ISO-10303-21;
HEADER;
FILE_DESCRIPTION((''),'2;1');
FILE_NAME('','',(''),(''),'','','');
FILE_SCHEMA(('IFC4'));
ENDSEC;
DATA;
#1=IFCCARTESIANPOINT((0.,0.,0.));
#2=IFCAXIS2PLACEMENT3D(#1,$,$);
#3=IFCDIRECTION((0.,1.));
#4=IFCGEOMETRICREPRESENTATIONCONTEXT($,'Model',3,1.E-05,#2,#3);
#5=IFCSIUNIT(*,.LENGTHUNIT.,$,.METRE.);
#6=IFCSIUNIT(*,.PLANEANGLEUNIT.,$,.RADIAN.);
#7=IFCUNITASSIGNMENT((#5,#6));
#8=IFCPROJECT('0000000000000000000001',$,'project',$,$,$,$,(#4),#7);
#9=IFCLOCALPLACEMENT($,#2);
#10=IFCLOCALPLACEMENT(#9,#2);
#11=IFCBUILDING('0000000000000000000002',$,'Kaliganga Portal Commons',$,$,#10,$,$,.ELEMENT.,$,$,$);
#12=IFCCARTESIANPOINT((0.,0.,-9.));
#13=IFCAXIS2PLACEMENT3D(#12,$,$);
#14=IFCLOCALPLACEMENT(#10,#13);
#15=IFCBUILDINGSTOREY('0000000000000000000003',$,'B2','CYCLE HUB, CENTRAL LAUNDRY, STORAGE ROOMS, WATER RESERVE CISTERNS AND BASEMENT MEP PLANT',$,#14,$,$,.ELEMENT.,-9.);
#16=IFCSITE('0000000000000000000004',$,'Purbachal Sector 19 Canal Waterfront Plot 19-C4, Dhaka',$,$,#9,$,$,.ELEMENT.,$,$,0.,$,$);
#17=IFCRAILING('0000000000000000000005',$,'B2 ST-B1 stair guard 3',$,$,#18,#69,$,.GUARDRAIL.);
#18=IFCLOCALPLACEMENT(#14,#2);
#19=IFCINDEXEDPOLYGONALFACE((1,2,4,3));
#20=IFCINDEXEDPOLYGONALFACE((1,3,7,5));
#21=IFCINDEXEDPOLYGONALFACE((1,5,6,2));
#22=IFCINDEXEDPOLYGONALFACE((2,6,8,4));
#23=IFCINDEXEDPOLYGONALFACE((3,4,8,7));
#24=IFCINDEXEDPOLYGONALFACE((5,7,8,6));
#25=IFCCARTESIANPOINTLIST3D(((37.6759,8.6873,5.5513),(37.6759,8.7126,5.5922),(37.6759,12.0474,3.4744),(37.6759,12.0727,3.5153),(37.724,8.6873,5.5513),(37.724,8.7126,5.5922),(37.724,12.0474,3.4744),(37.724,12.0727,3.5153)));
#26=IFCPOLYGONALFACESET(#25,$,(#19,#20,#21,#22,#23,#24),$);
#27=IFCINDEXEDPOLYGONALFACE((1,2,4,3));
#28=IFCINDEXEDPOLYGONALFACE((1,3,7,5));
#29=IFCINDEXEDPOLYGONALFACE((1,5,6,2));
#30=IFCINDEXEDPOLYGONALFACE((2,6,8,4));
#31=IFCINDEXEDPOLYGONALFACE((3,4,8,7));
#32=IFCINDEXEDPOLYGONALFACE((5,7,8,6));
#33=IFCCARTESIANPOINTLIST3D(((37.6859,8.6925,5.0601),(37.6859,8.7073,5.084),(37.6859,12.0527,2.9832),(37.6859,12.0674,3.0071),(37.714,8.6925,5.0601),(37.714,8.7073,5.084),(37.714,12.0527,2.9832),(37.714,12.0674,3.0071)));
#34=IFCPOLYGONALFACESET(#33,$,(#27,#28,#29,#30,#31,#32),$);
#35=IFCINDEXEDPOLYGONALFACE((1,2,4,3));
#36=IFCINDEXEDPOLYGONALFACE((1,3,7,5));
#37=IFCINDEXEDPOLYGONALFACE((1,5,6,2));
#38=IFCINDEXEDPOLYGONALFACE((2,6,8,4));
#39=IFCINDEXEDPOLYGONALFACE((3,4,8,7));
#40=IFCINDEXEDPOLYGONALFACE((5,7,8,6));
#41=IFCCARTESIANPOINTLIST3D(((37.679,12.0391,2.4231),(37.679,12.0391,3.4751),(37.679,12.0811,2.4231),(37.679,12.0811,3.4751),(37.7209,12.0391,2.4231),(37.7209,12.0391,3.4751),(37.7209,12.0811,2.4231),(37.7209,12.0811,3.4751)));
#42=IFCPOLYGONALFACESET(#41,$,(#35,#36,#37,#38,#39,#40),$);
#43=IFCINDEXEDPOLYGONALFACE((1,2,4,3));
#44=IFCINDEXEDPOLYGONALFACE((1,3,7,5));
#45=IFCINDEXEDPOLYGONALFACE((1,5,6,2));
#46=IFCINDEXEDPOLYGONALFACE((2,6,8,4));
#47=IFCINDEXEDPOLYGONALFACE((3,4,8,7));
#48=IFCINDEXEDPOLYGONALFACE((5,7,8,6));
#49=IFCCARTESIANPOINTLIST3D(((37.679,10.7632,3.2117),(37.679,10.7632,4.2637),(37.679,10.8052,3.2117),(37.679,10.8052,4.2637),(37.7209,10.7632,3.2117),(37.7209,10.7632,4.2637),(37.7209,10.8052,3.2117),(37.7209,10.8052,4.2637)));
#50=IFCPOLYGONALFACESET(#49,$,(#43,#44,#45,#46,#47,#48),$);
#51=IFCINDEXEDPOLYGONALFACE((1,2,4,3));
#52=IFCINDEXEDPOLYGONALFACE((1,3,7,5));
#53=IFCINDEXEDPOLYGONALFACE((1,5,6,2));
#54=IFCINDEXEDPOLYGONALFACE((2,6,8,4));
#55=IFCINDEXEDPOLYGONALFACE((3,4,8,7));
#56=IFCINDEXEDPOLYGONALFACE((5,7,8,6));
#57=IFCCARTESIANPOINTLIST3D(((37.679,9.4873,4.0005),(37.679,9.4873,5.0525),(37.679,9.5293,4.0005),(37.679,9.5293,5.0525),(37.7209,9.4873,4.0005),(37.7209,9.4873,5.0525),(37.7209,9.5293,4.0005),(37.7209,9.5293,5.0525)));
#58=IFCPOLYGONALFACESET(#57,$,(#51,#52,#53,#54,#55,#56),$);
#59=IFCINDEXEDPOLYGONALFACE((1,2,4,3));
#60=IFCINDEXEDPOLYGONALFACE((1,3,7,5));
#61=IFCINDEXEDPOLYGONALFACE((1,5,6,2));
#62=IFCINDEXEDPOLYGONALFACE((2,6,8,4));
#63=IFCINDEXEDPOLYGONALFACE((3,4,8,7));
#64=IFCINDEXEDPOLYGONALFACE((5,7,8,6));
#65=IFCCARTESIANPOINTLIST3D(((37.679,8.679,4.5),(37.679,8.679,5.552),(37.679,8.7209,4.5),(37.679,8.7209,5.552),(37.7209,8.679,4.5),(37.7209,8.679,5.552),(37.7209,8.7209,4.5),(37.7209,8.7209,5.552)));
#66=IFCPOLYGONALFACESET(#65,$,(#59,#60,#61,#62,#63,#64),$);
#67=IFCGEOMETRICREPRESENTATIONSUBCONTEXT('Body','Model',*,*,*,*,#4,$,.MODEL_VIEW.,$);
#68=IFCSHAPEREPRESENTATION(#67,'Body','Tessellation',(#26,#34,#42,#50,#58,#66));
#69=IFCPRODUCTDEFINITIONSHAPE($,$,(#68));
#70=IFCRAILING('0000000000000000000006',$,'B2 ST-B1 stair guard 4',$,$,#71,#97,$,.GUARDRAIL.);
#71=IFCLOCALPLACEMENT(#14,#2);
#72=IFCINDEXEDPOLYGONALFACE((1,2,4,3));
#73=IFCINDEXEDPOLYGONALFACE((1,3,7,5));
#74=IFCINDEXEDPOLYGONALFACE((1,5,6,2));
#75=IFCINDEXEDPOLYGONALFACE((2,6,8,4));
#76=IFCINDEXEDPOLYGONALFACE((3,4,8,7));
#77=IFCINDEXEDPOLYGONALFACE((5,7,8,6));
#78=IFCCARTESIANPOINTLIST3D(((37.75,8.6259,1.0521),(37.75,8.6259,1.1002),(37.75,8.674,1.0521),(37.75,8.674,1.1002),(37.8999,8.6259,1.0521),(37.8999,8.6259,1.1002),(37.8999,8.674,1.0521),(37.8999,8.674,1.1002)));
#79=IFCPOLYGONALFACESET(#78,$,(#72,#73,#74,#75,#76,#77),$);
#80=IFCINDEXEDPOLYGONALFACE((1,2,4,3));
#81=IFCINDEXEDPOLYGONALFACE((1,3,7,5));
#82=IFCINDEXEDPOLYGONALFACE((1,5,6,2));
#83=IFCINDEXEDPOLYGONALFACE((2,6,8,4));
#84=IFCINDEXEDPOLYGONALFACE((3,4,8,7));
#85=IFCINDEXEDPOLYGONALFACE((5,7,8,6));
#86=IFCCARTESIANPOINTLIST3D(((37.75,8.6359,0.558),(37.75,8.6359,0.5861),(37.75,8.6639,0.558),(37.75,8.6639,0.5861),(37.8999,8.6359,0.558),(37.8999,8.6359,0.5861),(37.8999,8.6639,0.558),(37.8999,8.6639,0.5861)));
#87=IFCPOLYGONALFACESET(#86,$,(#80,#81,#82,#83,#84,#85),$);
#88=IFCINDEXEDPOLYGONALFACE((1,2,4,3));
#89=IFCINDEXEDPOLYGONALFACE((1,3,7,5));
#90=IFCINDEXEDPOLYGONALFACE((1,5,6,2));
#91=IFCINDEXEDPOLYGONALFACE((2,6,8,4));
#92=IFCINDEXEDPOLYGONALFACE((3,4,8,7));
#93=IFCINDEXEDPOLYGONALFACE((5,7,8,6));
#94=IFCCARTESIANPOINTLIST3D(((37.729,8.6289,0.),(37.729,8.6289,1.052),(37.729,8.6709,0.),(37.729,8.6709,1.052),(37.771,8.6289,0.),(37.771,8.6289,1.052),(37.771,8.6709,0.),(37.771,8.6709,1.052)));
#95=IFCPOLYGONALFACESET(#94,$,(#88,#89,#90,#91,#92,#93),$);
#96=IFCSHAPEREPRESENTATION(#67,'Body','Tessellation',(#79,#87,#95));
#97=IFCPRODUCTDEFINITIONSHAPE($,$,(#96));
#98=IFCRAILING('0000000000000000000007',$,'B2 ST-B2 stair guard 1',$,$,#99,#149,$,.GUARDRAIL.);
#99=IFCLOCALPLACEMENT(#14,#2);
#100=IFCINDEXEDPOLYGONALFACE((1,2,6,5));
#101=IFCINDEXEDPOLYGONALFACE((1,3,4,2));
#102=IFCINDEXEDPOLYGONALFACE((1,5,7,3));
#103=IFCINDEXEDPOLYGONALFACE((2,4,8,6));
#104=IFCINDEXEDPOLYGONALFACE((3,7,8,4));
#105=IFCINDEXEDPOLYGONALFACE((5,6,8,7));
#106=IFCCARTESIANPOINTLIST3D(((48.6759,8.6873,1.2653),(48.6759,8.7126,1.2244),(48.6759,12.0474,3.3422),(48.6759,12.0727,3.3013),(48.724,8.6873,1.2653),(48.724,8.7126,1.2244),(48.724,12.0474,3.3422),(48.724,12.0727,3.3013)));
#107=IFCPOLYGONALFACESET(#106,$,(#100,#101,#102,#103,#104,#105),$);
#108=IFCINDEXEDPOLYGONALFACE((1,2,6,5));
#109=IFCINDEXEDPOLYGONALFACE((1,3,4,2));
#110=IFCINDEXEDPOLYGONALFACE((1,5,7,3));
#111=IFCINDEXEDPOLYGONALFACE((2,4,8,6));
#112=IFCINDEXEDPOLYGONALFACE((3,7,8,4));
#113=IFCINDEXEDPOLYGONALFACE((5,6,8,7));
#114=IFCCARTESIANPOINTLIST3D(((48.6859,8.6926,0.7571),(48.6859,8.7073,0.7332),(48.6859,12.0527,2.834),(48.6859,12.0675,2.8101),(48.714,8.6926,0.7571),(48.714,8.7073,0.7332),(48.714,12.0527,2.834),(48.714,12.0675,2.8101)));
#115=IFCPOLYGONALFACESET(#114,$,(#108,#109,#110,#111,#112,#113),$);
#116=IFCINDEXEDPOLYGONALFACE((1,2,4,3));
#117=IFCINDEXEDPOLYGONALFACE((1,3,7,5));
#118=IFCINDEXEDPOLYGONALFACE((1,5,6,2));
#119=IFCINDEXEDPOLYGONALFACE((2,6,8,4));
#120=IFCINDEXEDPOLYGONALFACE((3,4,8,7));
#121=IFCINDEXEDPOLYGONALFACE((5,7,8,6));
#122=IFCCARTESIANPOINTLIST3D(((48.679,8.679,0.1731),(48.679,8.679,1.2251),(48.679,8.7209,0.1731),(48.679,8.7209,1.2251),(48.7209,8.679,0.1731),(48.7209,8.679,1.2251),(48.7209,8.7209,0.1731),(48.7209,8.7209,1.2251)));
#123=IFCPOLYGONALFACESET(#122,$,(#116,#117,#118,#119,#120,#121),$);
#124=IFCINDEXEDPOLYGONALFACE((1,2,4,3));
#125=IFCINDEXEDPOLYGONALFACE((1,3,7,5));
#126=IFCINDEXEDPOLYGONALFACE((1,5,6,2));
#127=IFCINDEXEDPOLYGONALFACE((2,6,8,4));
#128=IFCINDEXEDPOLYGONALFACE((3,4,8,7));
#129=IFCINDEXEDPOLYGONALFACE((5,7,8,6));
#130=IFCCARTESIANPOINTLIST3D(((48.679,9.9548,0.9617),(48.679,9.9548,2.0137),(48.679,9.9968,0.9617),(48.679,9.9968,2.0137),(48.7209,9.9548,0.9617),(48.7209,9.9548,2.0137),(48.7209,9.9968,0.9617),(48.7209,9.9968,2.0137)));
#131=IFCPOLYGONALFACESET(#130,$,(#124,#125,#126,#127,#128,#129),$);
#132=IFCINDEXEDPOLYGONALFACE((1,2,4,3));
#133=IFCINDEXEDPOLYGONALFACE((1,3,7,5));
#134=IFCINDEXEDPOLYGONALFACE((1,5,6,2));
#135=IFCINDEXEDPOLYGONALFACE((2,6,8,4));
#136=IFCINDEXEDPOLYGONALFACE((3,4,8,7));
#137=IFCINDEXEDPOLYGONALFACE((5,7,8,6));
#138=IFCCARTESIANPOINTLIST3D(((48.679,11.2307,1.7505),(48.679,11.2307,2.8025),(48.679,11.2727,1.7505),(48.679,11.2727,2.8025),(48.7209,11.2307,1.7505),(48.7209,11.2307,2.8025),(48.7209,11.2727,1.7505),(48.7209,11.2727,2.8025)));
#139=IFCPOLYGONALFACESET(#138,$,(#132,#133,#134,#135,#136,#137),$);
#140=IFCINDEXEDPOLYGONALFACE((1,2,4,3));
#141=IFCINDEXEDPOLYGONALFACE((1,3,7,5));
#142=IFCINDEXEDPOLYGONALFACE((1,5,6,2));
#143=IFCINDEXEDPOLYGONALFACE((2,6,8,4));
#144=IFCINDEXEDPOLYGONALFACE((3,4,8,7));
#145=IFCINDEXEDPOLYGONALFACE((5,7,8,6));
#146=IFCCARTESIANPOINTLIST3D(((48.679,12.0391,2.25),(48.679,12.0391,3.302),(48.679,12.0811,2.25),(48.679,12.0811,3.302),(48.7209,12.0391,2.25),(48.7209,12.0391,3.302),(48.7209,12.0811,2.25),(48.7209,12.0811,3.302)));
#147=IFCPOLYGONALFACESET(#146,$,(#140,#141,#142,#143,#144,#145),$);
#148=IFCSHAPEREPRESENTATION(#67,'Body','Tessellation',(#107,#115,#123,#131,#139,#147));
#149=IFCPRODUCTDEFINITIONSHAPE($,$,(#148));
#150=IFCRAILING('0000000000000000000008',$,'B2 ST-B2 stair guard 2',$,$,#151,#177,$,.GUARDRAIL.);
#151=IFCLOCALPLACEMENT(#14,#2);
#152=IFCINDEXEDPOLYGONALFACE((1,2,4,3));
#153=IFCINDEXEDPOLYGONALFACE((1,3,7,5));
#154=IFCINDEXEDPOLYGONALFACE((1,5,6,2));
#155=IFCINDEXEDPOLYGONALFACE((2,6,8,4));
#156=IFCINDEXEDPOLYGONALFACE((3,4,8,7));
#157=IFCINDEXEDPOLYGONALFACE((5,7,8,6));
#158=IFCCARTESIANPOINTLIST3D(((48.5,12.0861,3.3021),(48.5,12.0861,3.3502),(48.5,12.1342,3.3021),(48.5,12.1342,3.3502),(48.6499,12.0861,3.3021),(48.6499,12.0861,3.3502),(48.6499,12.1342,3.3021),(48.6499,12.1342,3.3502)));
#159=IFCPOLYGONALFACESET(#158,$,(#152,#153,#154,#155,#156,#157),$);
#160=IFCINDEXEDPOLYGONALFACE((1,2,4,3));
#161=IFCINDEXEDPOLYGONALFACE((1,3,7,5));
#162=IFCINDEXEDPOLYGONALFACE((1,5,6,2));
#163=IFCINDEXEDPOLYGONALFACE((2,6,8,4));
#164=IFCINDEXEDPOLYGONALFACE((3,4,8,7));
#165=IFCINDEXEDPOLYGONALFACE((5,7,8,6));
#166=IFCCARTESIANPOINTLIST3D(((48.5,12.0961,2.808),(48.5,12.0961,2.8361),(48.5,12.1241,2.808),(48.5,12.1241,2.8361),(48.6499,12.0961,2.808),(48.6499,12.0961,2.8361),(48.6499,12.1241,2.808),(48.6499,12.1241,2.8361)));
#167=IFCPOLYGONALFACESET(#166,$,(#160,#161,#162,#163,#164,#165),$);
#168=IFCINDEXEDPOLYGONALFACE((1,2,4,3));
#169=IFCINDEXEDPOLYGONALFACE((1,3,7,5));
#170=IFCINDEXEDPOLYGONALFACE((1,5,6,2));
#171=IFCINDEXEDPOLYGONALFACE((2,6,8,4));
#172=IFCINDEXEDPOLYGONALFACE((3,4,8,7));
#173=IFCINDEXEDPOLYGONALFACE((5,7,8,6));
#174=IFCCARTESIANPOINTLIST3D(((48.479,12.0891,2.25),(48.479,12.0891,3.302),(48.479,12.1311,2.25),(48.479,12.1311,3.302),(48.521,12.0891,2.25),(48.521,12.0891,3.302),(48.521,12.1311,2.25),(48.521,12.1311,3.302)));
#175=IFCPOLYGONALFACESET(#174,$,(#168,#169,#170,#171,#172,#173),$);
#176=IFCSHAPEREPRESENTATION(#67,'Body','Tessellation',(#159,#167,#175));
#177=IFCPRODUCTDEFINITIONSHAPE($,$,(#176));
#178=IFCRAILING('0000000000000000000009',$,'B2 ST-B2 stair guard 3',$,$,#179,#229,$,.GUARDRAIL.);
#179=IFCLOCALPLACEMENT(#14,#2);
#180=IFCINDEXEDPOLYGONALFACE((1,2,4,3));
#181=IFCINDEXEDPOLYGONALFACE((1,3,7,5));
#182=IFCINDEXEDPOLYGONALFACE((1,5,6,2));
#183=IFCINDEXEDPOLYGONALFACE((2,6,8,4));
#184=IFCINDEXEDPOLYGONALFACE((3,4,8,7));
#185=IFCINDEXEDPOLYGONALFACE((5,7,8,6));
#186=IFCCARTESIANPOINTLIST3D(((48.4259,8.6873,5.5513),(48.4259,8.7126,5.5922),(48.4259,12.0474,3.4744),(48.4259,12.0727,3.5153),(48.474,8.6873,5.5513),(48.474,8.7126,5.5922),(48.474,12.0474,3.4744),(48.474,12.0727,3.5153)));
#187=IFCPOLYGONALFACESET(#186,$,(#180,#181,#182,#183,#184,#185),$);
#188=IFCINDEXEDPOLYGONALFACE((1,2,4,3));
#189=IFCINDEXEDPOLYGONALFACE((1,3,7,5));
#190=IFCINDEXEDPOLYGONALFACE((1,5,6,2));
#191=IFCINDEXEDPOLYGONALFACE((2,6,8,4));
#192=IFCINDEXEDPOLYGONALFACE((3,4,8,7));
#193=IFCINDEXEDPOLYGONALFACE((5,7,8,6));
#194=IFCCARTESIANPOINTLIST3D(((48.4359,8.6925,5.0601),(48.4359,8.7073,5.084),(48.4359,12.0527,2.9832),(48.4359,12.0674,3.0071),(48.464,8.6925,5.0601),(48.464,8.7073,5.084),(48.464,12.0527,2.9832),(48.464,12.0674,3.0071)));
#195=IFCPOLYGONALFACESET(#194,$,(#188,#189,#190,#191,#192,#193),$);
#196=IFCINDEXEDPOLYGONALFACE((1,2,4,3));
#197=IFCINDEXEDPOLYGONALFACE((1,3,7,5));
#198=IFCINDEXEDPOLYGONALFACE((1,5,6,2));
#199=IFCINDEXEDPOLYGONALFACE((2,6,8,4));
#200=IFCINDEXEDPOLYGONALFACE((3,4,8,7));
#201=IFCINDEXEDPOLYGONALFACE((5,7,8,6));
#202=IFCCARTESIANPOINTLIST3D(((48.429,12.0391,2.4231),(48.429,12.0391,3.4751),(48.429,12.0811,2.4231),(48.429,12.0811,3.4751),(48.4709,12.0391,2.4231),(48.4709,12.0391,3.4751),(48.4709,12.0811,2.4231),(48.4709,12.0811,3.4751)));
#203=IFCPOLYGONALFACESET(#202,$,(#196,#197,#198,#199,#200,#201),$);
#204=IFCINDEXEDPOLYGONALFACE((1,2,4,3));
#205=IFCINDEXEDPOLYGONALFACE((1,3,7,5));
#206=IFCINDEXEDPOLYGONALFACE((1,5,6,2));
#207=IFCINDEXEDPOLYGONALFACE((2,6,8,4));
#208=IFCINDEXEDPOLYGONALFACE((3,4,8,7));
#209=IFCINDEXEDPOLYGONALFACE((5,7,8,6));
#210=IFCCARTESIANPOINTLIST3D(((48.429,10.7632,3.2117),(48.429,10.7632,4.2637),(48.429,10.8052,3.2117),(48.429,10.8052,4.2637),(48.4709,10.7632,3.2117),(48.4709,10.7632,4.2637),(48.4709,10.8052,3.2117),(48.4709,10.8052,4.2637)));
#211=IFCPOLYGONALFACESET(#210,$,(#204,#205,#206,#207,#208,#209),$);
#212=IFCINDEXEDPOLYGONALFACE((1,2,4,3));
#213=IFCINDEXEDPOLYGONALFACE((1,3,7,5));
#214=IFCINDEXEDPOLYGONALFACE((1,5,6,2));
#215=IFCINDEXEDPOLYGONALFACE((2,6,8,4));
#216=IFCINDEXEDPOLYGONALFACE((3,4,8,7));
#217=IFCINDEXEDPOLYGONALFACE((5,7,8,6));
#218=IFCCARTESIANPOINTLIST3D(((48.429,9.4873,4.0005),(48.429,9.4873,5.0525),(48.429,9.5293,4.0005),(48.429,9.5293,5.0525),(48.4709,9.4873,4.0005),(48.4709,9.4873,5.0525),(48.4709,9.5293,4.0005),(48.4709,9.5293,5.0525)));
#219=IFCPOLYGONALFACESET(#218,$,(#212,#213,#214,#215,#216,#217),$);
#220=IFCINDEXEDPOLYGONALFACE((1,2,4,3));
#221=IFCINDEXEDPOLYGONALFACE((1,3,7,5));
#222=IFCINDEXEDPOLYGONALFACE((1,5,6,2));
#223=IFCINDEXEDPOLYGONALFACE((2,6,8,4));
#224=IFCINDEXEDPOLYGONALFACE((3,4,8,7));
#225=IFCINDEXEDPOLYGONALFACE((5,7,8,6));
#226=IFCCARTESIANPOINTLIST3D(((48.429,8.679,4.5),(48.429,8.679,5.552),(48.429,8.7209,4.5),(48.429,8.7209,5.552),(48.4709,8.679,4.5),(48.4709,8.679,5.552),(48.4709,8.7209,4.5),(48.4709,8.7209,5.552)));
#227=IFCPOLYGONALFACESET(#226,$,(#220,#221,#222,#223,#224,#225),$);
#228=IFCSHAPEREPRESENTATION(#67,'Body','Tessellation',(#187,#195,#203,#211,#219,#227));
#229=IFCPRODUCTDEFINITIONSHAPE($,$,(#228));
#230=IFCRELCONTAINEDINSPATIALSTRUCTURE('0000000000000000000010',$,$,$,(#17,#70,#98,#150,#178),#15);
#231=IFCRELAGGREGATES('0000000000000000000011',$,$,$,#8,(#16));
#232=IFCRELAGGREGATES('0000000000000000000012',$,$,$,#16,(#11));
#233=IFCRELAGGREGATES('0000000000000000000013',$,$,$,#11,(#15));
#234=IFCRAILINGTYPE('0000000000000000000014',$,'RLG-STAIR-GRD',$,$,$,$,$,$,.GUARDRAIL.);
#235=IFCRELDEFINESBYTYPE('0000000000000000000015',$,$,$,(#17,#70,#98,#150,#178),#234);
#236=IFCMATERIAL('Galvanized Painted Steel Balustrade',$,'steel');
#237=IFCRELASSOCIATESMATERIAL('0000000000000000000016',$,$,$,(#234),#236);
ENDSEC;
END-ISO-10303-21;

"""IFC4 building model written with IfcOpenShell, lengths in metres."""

from ifc_helpers import new_model, si_unit, direction, frame, origin, origin_2d, place, context, subcontext, project, spatial, rectangle, extrude, material, type_object, element, save


model = new_model("IFC4")

# Units and contexts
model_context = context("Model", 3, precision=1e-05, world=origin(), true_north=direction((0.0, 1.0)))
body_context = subcontext(model_context, "Body", "Model", "MODEL_VIEW")
ifc_project = project(units=[si_unit("LENGTHUNIT", "METRE"), si_unit("PLANEANGLEUNIT", "RADIAN")], contexts=[model_context])

# Site, building, storey
site_placement = place(None, origin())
site = spatial("IfcSite", under=ifc_project, at=site_placement, Name="Purbachal Sector 19 Canal Waterfront Plot 19-C4, Dhaka", CompositionType="ELEMENT", RefElevation=0.0)
building_placement = place(site_placement, origin())
building = spatial("IfcBuilding", under=site, at=building_placement, Name="Kaliganga Portal Commons", CompositionType="ELEMENT")
storey_placement = place(building_placement, frame((0.0, 0.0, -9.0)))
storey = spatial("IfcBuildingStorey", under=building, at=storey_placement, Name="B2", Description="CYCLE HUB, CENTRAL LAUNDRY, STORAGE ROOMS, WATER RESERVE CISTERNS AND BASEMENT MEP PLANT", CompositionType="ELEMENT", Elevation=-9.0)

# Railings
ifc_material_1 = material(Name="Galvanized Painted Steel Balustrade", Category="steel")
railing_type_1 = type_object("IfcRailingType", Name="RLG-STAIR-GRD", PredefinedType="GUARDRAIL", material=ifc_material_1)
railing_1_placement = place(storey_placement, frame((37.7, 12.0601, 2.4231)))
element("IfcRailing", 1, at=railing_1_placement, inside=storey, type_object=railing_type_1, Name="B2 ST-B1 stair guard 3", PredefinedType="GUARDRAIL", context=body_context, shape_type="SweptSolid", body=[
    extrude(rectangle(XDim=0.0481, YDim=0.0481, at=origin_2d()), frame((0.0, 0.0, 1.0718), z_axis=(0.0, -0.850623, 0.525776), x_axis=(1.0, 0.0, 0.0)), (0.0, 0.0, 1.0), 3.9502),
    extrude(rectangle(XDim=0.0281, YDim=0.0281, at=origin_2d()), frame((0.0, 0.0, 0.572), z_axis=(0.0, -0.850623, 0.525776), x_axis=(1.0, 0.0, 0.0)), (0.0, 0.0, 1.0), 3.9502),
    extrude(rectangle(XDim=0.042, YDim=0.042, at=origin_2d()), origin(), (0.0, 0.0, 1.0), 1.052),
    extrude(rectangle(XDim=0.042, YDim=0.042, at=origin_2d()), frame((0.0, -1.2759, 0.7886)), (0.0, 0.0, 1.0), 1.052),
    extrude(rectangle(XDim=0.042, YDim=0.042, at=origin_2d()), frame((0.0, -2.5518, 1.5774)), (0.0, 0.0, 1.0), 1.052),
    extrude(rectangle(XDim=0.042, YDim=0.042, at=origin_2d()), frame((0.0, -3.3601, 2.0769)), (0.0, 0.0, 1.0), 1.052),
])
railing_2_placement = place(storey_placement, frame((37.8999, 8.6499, 0.0)))
element("IfcRailing", 2, at=railing_2_placement, inside=storey, type_object=railing_type_1, Name="B2 ST-B1 stair guard 4", PredefinedType="GUARDRAIL", context=body_context, shape_type="SweptSolid", body=[
    extrude(rectangle(XDim=0.0481, YDim=0.0481, at=origin_2d()), frame((0.0, 0.0, 1.0762), z_axis=(-1.0, 0.0, 0.0), x_axis=(0.0, -1.0, 0.0)), (0.0, 0.0, 1.0), 0.1499),
    extrude(rectangle(XDim=0.0281, YDim=0.0281, at=origin_2d()), frame((0.0, 0.0, 0.572), z_axis=(-1.0, 0.0, 0.0), x_axis=(0.0, -1.0, 0.0)), (0.0, 0.0, 1.0), 0.1499),
    extrude(rectangle(XDim=0.042, YDim=0.042, at=origin_2d()), frame((-0.1499, 0.0, 0.0)), (0.0, 0.0, 1.0), 1.052),
])
railing_3_placement = place(storey_placement, frame((48.7, 8.7, 0.1731)))
element("IfcRailing", 3, at=railing_3_placement, inside=storey, type_object=railing_type_1, Name="B2 ST-B2 stair guard 1", PredefinedType="GUARDRAIL", context=body_context, shape_type="SweptSolid", body=[
    extrude(rectangle(XDim=0.0481, YDim=0.0481, at=origin_2d()), frame((0.0, 0.0, 1.0718), z_axis=(0.0, 0.850623, 0.525776), x_axis=(-1.0, 0.0, 0.0)), (0.0, 0.0, 1.0), 3.9502),
    extrude(rectangle(XDim=0.0281, YDim=0.0281, at=origin_2d()), frame((0.0, 0.0, 0.572), z_axis=(0.0, 0.850623, 0.525776), x_axis=(-1.0, 0.0, 0.0)), (0.0, 0.0, 1.0), 3.9502),
    extrude(rectangle(XDim=0.042, YDim=0.042, at=origin_2d()), origin(), (0.0, 0.0, 1.0), 1.052),
    extrude(rectangle(XDim=0.042, YDim=0.042, at=origin_2d()), frame((0.0, 1.2759, 0.7886)), (0.0, 0.0, 1.0), 1.052),
    extrude(rectangle(XDim=0.042, YDim=0.042, at=origin_2d()), frame((0.0, 2.5518, 1.5774)), (0.0, 0.0, 1.0), 1.052),
    extrude(rectangle(XDim=0.042, YDim=0.042, at=origin_2d()), frame((0.0, 3.3601, 2.0769)), (0.0, 0.0, 1.0), 1.052),
])
railing_4_placement = place(storey_placement, frame((48.6499, 12.1101, 2.25)))
element("IfcRailing", 4, at=railing_4_placement, inside=storey, type_object=railing_type_1, Name="B2 ST-B2 stair guard 2", PredefinedType="GUARDRAIL", context=body_context, shape_type="SweptSolid", body=[
    extrude(rectangle(XDim=0.0481, YDim=0.0481, at=origin_2d()), frame((0.0, 0.0, 1.0762), z_axis=(-1.0, 0.0, 0.0), x_axis=(0.0, -1.0, 0.0)), (0.0, 0.0, 1.0), 0.1499),
    extrude(rectangle(XDim=0.0281, YDim=0.0281, at=origin_2d()), frame((0.0, 0.0, 0.572), z_axis=(-1.0, 0.0, 0.0), x_axis=(0.0, -1.0, 0.0)), (0.0, 0.0, 1.0), 0.1499),
    extrude(rectangle(XDim=0.042, YDim=0.042, at=origin_2d()), frame((-0.1499, 0.0, 0.0)), (0.0, 0.0, 1.0), 1.052),
])
railing_5_placement = place(storey_placement, frame((48.45, 12.0601, 2.4231)))
element("IfcRailing", 5, at=railing_5_placement, inside=storey, type_object=railing_type_1, Name="B2 ST-B2 stair guard 3", PredefinedType="GUARDRAIL", context=body_context, shape_type="SweptSolid", body=[
    extrude(rectangle(XDim=0.0481, YDim=0.0481, at=origin_2d()), frame((0.0, 0.0, 1.0718), z_axis=(0.0, -0.850623, 0.525776), x_axis=(1.0, 0.0, 0.0)), (0.0, 0.0, 1.0), 3.9502),
    extrude(rectangle(XDim=0.0281, YDim=0.0281, at=origin_2d()), frame((0.0, 0.0, 0.572), z_axis=(0.0, -0.850623, 0.525776), x_axis=(1.0, 0.0, 0.0)), (0.0, 0.0, 1.0), 3.9502),
    extrude(rectangle(XDim=0.042, YDim=0.042, at=origin_2d()), origin(), (0.0, 0.0, 1.0), 1.052),
    extrude(rectangle(XDim=0.042, YDim=0.042, at=origin_2d()), frame((0.0, -1.2759, 0.7886)), (0.0, 0.0, 1.0), 1.052),
    extrude(rectangle(XDim=0.042, YDim=0.042, at=origin_2d()), frame((0.0, -2.5518, 1.5774)), (0.0, 0.0, 1.0), 1.052),
    extrude(rectangle(XDim=0.042, YDim=0.042, at=origin_2d()), frame((0.0, -3.3601, 2.0769)), (0.0, 0.0, 1.0), 1.052),
])

save(model, "model.ifc")
